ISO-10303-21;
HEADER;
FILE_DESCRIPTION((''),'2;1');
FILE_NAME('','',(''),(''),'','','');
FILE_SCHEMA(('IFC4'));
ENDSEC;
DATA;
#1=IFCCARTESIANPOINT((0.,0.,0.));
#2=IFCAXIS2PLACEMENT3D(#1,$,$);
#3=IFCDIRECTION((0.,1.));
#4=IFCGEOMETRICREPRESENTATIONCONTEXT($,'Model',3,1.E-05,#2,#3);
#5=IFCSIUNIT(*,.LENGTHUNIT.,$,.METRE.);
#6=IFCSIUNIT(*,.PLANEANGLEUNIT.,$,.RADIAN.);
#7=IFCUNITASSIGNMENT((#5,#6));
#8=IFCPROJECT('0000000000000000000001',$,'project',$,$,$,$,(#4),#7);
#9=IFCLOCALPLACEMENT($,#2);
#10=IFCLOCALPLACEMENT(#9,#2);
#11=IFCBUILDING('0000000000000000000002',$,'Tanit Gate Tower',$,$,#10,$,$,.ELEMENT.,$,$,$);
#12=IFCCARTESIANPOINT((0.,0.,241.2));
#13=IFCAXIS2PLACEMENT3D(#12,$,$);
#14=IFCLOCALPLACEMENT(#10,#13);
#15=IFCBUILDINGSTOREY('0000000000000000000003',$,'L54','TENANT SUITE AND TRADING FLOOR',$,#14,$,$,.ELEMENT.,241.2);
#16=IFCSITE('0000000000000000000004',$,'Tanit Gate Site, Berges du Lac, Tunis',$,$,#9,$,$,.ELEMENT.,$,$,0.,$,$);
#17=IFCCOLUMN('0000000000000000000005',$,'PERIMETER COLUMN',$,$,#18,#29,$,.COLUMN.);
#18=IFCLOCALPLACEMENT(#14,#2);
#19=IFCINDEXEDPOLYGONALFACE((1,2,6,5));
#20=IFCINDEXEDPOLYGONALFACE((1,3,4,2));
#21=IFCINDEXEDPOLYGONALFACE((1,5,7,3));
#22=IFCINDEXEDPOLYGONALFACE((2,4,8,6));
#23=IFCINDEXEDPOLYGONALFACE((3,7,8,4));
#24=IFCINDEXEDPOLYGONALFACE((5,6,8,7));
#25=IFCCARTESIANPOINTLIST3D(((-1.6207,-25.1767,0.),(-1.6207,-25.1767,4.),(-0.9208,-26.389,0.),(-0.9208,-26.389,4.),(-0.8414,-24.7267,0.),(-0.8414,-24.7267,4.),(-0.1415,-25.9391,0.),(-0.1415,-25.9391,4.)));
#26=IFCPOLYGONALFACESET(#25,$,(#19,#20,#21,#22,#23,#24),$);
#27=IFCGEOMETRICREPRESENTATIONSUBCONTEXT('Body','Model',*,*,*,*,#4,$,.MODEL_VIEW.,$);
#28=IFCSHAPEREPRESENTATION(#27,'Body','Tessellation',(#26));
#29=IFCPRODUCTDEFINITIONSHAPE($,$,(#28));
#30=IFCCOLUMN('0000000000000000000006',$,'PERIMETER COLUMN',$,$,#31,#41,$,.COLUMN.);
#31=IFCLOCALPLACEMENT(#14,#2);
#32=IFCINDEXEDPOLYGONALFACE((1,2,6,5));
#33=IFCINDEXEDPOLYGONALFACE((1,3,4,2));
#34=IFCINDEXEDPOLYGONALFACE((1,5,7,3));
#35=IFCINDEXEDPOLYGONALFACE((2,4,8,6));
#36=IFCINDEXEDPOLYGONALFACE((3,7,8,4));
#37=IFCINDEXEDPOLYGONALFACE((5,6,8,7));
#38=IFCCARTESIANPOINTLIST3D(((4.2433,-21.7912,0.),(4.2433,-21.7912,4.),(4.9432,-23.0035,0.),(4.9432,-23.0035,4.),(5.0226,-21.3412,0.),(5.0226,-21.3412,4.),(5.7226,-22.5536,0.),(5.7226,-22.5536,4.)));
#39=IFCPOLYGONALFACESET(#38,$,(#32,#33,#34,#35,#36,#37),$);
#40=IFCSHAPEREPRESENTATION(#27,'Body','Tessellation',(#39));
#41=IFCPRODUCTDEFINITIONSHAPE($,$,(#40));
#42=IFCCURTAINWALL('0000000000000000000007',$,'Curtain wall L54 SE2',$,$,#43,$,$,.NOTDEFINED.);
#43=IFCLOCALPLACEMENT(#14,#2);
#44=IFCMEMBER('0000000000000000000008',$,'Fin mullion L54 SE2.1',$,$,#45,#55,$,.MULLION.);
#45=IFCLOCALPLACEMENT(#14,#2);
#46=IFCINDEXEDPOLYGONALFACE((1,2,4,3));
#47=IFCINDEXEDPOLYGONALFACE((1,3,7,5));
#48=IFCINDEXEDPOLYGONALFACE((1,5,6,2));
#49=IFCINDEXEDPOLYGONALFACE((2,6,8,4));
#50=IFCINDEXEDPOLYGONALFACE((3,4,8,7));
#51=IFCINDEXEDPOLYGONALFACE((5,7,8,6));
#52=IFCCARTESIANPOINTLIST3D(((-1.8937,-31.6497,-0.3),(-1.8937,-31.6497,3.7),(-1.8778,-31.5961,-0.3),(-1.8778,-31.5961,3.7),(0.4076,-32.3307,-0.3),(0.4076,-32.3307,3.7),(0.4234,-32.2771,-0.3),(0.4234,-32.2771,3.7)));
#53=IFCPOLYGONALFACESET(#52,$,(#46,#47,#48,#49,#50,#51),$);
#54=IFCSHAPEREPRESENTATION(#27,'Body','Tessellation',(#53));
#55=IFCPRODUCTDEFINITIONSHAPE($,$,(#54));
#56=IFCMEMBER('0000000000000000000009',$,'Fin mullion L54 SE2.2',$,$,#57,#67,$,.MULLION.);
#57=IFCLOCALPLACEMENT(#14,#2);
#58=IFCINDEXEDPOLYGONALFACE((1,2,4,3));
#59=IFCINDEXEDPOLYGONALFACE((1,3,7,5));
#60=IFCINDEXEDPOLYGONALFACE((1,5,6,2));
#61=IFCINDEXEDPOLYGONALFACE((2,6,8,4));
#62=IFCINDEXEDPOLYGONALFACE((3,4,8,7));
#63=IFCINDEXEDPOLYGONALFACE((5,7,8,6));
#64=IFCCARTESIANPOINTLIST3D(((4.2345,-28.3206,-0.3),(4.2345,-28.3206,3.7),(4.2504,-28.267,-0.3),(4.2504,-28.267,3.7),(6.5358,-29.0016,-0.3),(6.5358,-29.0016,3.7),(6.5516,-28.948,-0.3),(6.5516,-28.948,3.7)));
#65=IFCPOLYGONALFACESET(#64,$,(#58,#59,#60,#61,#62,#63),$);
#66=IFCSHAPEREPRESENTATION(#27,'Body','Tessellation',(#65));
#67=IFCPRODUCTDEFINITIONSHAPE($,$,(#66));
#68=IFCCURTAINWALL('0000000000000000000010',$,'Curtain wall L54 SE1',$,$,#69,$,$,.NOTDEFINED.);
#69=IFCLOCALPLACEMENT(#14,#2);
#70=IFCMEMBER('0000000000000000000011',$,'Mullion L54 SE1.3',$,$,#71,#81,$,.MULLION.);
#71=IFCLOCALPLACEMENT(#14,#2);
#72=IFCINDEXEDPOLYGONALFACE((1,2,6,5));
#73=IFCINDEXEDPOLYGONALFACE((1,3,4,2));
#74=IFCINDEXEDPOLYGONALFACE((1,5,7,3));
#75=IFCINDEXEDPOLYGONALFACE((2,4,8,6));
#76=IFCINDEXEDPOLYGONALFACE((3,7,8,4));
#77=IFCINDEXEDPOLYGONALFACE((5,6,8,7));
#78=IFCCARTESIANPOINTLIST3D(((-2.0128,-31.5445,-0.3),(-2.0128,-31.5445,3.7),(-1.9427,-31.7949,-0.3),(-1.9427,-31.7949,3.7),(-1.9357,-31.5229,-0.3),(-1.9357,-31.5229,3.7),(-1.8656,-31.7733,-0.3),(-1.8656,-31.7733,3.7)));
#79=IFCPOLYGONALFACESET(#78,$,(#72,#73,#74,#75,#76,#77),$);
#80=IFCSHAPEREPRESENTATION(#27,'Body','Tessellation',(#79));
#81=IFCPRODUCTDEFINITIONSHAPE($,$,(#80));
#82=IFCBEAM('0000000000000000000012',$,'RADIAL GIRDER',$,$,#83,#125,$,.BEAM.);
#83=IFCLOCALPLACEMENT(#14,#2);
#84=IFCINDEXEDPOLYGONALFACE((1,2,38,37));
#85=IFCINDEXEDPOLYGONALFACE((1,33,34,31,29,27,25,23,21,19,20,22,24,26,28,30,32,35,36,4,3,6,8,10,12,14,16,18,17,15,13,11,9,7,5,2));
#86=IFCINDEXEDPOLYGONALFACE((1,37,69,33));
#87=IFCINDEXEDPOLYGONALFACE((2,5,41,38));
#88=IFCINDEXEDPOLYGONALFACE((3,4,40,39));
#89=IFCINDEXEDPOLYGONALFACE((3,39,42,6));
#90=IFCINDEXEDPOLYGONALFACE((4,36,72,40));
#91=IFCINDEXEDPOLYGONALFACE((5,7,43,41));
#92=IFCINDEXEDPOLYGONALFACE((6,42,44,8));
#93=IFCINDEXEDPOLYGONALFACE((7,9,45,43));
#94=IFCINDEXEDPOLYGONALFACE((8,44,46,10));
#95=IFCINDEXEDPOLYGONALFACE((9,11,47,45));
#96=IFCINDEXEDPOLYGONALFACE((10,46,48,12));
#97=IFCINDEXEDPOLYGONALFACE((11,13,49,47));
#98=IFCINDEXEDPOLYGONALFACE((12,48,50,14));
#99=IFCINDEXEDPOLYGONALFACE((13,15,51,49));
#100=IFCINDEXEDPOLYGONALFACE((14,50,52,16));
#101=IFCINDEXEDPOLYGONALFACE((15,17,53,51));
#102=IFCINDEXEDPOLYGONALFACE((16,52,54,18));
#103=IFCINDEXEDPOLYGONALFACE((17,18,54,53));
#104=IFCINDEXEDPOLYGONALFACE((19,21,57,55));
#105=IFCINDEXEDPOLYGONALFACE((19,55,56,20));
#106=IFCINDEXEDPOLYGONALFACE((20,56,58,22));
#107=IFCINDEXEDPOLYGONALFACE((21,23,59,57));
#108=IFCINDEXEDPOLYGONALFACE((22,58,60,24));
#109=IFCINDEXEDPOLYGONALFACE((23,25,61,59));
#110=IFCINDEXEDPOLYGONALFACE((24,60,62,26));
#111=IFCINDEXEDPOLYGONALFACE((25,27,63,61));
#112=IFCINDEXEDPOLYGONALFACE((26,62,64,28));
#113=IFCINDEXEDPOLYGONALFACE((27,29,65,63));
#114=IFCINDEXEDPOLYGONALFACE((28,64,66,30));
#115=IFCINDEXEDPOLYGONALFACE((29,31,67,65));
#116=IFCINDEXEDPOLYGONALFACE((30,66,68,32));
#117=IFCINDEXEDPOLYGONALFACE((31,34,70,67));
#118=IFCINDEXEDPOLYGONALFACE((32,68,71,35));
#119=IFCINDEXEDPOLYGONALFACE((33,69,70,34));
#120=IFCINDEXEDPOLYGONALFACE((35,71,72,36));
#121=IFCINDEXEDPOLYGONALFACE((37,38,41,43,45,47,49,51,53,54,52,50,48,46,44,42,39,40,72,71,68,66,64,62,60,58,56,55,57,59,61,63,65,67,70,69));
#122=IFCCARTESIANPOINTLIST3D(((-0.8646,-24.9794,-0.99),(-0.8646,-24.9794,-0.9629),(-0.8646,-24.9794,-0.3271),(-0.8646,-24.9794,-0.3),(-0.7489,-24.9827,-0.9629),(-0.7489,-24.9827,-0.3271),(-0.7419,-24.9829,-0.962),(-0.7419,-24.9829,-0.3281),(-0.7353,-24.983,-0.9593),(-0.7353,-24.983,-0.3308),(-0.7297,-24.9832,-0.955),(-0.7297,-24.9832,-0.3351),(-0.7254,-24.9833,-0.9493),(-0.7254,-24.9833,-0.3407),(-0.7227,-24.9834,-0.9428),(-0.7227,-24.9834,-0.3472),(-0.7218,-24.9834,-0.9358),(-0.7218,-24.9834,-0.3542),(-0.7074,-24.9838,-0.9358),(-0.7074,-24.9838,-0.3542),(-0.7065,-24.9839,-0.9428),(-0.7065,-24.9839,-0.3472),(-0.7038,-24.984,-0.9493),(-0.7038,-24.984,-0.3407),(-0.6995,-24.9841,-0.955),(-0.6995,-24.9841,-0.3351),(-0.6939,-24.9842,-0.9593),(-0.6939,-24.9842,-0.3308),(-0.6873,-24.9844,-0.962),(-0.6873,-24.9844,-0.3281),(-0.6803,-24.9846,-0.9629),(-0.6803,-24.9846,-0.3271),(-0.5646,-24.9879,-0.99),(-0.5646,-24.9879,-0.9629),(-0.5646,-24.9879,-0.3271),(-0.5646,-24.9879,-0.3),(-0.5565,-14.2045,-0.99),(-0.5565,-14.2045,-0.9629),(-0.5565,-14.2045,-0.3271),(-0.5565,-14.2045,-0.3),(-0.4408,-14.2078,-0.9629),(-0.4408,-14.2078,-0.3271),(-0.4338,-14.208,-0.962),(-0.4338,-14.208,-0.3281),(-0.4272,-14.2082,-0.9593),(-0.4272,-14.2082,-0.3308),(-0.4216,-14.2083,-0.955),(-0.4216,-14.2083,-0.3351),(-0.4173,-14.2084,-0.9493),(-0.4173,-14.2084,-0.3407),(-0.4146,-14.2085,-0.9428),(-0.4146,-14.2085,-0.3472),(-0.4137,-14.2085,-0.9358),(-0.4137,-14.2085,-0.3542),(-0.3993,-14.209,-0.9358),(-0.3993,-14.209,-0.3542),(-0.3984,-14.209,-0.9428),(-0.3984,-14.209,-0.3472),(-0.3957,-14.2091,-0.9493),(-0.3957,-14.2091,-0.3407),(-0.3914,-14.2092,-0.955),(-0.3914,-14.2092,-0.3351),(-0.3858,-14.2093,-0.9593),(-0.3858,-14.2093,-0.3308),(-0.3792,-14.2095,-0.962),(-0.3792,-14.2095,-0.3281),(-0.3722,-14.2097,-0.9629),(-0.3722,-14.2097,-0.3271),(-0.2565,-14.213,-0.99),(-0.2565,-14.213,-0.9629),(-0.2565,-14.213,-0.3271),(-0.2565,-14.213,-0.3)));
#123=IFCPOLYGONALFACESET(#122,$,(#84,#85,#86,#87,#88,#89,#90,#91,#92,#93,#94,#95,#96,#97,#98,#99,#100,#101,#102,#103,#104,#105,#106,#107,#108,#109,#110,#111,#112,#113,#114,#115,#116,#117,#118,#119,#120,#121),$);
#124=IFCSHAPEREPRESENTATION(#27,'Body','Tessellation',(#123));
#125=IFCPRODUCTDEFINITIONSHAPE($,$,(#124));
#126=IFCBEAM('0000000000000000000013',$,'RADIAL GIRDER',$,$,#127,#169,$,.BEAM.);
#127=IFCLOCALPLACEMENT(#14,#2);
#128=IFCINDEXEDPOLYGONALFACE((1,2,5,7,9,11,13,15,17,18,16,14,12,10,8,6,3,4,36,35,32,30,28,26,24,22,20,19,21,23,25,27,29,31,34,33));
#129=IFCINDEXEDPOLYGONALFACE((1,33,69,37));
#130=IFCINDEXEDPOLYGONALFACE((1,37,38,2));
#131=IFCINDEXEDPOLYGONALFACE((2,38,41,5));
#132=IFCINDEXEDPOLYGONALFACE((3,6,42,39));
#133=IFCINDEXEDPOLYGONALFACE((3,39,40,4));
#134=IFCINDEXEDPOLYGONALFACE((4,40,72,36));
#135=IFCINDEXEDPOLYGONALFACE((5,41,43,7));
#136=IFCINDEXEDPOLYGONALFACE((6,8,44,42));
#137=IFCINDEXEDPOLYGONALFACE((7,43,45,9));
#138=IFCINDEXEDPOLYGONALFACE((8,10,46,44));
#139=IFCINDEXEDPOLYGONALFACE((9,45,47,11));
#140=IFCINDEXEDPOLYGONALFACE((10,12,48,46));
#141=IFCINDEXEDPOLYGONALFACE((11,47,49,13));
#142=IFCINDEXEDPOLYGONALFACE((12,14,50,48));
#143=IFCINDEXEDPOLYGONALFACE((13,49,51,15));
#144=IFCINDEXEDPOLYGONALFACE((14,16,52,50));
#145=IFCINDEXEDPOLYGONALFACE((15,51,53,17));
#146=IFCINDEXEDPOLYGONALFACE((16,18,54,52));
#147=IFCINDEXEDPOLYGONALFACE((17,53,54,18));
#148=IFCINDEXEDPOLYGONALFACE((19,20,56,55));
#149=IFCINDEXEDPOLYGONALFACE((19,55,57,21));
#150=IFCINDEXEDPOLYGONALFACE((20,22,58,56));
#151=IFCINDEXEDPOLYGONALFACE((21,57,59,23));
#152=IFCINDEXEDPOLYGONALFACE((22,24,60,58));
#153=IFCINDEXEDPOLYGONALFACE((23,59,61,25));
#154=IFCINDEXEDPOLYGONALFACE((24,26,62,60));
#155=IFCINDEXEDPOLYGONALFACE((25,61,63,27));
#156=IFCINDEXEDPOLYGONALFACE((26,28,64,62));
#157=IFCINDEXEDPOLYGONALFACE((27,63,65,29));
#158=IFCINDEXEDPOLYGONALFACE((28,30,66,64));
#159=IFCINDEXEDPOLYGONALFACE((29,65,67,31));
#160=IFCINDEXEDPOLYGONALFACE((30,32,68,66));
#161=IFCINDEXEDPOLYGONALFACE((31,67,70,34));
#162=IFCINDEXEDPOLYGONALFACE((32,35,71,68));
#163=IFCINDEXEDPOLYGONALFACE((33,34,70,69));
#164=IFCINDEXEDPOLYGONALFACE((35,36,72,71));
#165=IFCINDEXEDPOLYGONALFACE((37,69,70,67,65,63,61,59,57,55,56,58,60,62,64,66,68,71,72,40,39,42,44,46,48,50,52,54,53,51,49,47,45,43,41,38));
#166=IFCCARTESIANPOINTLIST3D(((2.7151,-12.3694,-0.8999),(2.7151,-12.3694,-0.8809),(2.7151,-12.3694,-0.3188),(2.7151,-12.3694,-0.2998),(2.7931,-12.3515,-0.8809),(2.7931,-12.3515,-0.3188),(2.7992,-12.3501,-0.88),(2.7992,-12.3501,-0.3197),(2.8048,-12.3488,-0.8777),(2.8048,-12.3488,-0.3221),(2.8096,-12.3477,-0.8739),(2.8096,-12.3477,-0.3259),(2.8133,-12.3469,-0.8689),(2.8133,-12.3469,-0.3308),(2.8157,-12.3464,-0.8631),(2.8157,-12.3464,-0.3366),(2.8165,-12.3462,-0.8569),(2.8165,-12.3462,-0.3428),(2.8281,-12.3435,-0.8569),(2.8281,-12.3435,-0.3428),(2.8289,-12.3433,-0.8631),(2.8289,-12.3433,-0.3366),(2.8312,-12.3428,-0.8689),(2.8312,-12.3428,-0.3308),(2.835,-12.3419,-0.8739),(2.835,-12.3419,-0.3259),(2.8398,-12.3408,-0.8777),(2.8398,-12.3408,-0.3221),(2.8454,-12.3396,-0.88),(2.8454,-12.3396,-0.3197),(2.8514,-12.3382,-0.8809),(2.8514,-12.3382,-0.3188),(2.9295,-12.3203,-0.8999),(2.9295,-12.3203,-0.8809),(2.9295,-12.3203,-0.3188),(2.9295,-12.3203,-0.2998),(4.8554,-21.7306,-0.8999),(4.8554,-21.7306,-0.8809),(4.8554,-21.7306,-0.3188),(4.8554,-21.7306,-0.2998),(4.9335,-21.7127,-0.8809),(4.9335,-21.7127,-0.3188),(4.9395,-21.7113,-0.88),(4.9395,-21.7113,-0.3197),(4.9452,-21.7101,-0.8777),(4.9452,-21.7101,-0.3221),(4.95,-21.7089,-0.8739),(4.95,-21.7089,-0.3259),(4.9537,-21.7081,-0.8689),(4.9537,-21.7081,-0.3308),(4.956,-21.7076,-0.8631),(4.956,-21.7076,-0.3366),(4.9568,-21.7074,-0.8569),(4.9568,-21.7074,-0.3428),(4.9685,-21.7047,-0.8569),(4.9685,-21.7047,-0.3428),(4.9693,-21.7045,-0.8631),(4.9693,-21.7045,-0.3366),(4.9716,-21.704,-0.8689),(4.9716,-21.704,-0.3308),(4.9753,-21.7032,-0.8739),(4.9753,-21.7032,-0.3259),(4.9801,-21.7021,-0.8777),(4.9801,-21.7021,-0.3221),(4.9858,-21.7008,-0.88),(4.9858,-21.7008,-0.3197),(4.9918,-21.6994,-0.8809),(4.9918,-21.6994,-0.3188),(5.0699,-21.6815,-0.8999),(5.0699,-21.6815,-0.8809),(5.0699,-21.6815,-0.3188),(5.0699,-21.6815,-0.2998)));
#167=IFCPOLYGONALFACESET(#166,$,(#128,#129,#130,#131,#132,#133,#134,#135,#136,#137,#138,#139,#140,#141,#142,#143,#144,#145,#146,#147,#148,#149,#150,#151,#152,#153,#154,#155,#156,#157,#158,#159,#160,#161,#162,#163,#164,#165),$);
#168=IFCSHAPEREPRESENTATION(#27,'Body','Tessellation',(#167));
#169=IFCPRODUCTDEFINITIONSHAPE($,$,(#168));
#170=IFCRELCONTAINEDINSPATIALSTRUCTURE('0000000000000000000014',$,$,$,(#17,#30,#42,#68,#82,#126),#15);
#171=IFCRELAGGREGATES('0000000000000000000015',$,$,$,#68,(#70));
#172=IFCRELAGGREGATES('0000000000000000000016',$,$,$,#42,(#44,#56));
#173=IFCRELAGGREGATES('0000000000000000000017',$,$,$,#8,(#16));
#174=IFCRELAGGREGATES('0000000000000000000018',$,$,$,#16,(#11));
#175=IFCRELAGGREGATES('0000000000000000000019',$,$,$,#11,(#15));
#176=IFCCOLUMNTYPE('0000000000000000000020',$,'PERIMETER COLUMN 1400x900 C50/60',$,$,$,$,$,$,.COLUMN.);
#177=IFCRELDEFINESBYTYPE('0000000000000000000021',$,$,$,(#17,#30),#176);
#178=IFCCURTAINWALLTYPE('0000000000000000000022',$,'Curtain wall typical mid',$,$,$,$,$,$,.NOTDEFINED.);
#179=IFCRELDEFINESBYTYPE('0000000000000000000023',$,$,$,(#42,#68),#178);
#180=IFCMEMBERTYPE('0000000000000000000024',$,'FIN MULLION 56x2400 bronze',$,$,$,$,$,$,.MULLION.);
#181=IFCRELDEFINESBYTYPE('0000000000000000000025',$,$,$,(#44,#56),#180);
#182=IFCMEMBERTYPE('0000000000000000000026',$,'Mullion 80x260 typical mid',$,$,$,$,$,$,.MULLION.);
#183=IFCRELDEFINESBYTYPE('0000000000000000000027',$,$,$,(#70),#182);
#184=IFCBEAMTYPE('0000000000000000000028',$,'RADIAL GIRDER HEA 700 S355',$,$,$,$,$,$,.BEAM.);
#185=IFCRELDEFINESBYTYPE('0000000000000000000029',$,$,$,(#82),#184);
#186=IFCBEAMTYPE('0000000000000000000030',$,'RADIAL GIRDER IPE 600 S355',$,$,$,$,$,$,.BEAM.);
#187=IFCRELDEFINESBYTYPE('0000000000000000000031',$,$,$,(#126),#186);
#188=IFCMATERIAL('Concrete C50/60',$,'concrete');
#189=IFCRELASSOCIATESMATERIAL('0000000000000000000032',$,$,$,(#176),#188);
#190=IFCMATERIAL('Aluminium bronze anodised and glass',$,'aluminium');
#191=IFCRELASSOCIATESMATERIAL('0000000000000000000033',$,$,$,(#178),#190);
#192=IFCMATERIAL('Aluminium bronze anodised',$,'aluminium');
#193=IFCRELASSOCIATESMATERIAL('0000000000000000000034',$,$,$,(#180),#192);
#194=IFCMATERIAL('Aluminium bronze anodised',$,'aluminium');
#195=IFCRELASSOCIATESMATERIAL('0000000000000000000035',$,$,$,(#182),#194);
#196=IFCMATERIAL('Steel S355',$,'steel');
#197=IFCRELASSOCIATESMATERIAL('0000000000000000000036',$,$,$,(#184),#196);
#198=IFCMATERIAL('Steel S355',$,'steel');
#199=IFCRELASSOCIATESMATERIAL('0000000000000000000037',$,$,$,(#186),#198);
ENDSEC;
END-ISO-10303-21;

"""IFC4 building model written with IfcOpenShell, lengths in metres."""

from ifc_helpers import new_model, si_unit, direction, frame, origin, origin_2d, place, context, subcontext, project, spatial, rectangle, i_section, extrude, material, material_profile, profile_set, type_object, element, aggregate, save


model = new_model("IFC4")

# Units and contexts
model_context = context("Model", 3, precision=1e-05, world=origin(), true_north=direction((0.0, 1.0)))
body_context = subcontext(model_context, "Body", "Model", "MODEL_VIEW")
ifc_project = project(units=[si_unit("LENGTHUNIT", "METRE"), si_unit("PLANEANGLEUNIT", "RADIAN")], contexts=[model_context])

# Site, building, storey
site_placement = place(None, origin())
site = spatial("IfcSite", under=ifc_project, at=site_placement, Name="Tanit Gate Site, Berges du Lac, Tunis", CompositionType="ELEMENT", RefElevation=0.0)
building_placement = place(site_placement, origin())
building = spatial("IfcBuilding", under=site, at=building_placement, Name="Tanit Gate Tower", CompositionType="ELEMENT")
storey_placement = place(building_placement, frame((0.0, 0.0, 241.2)))
storey = spatial("IfcBuildingStorey", under=building, at=storey_placement, Name="L54", Description="TENANT SUITE AND TRADING FLOOR", CompositionType="ELEMENT", Elevation=241.2)

# Columns
ifc_material_1 = material(Name="Concrete C50/60", Category="concrete")
ifc_material_profile_1 = material_profile(ifc_material_1, rectangle(XDim=1.3999, YDim=0.8999, at=origin_2d()), Name="RC 1400x900")
ifc_profile_set_1 = profile_set([ifc_material_profile_1], Name="Concrete C50/60")
column_type = type_object("IfcColumnType", Name="PERIMETER COLUMN 1400x900 C50/60", PredefinedType="COLUMN", material=ifc_profile_set_1)
for number, where, z_axis, x_axis, name in (
    (1, (-0.8811, -25.5579, 0.0), (0.0, 0.0, 1.0), (0.5, -0.866025, 0.0), "PERIMETER COLUMN"),
    (2, (4.9829, -22.1724, 0.0), (0.0, 0.0, 1.0), (0.5, -0.866025, 0.0), "PERIMETER COLUMN"),
):
    element("IfcColumn", number, at=place(storey_placement, frame(where, z_axis=z_axis, x_axis=x_axis)), inside=storey, type_object=column_type, Name=name, PredefinedType="COLUMN", context=body_context, shape_type="SweptSolid", body=[
        extrude(rectangle(XDim=1.3999, YDim=0.8999, at=origin_2d()), origin(), (0.0, 0.0, 1.0), 4.0),
    ])

# Curtain wall, members
ifc_material_2 = material(Name="Aluminium bronze anodised and glass", Category="aluminium")
curtain_wall_type = type_object("IfcCurtainWallType", Name="Curtain wall typical mid", PredefinedType="NOTDEFINED", material=ifc_material_2)
curtain_wall_1_placement = place(storey_placement, origin())
curtain_wall_1 = element("IfcCurtainWall", 3, at=curtain_wall_1_placement, inside=storey, type_object=curtain_wall_type, Name="Curtain wall L54 SE2", PredefinedType="NOTDEFINED")
ifc_material_3 = material(Name="Aluminium bronze anodised", Category="aluminium")
ifc_material_profile_2 = material_profile(ifc_material_3, rectangle(XDim=2.3999, YDim=0.0559, at=origin_2d()), Name="56x2400 bronze fin mullion")
ifc_profile_set_2 = profile_set([ifc_material_profile_2], Name="Aluminium bronze anodised")
member_type_1 = type_object("IfcMemberType", Name="FIN MULLION 56x2400 bronze", PredefinedType="MULLION", material=ifc_profile_set_2)
member_1_placement = place(storey_placement, frame((-0.7351, -31.9634, -0.3), z_axis=(0.0, 0.0, 1.0), x_axis=(-0.958892, 0.283773, 0.0)))
member_1 = element("IfcMember", 4, at=member_1_placement, type_object=member_type_1, Name="Fin mullion L54 SE2.1", PredefinedType="MULLION", context=body_context, shape_type="SweptSolid", body=[
    extrude(rectangle(XDim=2.3999, YDim=0.0559, at=origin_2d()), origin(), (0.0, 0.0, 1.0), 4.0),
])
member_2_placement = place(storey_placement, frame((5.3931, -28.6343, -0.3), z_axis=(0.0, 0.0, 1.0), x_axis=(-0.958892, 0.283773, 0.0)))
member_2 = element("IfcMember", 5, at=member_2_placement, type_object=member_type_1, Name="Fin mullion L54 SE2.2", PredefinedType="MULLION", context=body_context, shape_type="SweptSolid", body=[
    extrude(rectangle(XDim=2.3999, YDim=0.0559, at=origin_2d()), origin(), (0.0, 0.0, 1.0), 4.0),
])

# Curtain wall, member
curtain_wall_2_placement = place(storey_placement, origin())
curtain_wall_2 = element("IfcCurtainWall", 6, at=curtain_wall_2_placement, inside=storey, type_object=curtain_wall_type, Name="Curtain wall L54 SE1", PredefinedType="NOTDEFINED")
ifc_material_4 = material(Name="Aluminium bronze anodised", Category="aluminium")
ifc_material_profile_3 = material_profile(ifc_material_4, rectangle(XDim=0.26, YDim=0.0801, at=origin_2d()), Name="80x260 bronze mullion")
ifc_profile_set_3 = profile_set([ifc_material_profile_3], Name="Aluminium bronze anodised")
member_type_2 = type_object("IfcMemberType", Name="Mullion 80x260 typical mid", PredefinedType="MULLION", material=ifc_profile_set_3)
member_3_placement = place(storey_placement, frame((-1.9392, -31.6589, -0.3), z_axis=(0.0, 0.0, 1.0), x_axis=(-0.269632, 0.962964, 0.0)))
member_3 = element("IfcMember", 7, at=member_3_placement, type_object=member_type_2, Name="Mullion L54 SE1.3", PredefinedType="MULLION", context=body_context, shape_type="SweptSolid", body=[
    extrude(rectangle(XDim=0.26, YDim=0.0801, at=origin_2d()), origin(), (0.0, 0.0, 1.0), 4.0),
])
aggregate(curtain_wall_2, [member_3])

# Beams
ifc_material_5 = material(Name="Steel S355", Category="steel")
ifc_material_profile_4 = material_profile(ifc_material_5, i_section(OverallWidth=0.3, OverallDepth=0.6899, WebThickness=0.0144, FlangeThickness=0.0271, FilletRadius=0.0271, at=origin_2d()), Name="HEA 700")
ifc_profile_set_4 = profile_set([ifc_material_profile_4], Name="Steel S355")
beam_type_1 = type_object("IfcBeamType", Name="RADIAL GIRDER HEA 700 S355", PredefinedType="BEAM", material=ifc_profile_set_4)
beam_1_placement = place(storey_placement, frame((-0.7146, -24.9836, -0.645), z_axis=(0.028583, 0.999591, 0.0), x_axis=(-0.999591, 0.028583, 0.0)))
element("IfcBeam", 8, at=beam_1_placement, inside=storey, type_object=beam_type_1, Name="RADIAL GIRDER", PredefinedType="BEAM", context=body_context, shape_type="SweptSolid", body=[
    extrude(i_section(OverallWidth=0.3, OverallDepth=0.6899, WebThickness=0.0144, FlangeThickness=0.0271, FilletRadius=0.0271, at=origin_2d()), origin(), (0.0, 0.0, 1.0), 10.7793),
])
ifc_material_6 = material(Name="Steel S355", Category="steel")
ifc_material_profile_5 = material_profile(ifc_material_6, i_section(OverallWidth=0.22, OverallDepth=0.6001, WebThickness=0.012, FlangeThickness=0.019, FilletRadius=0.0239, at=origin_2d()), Name="IPE 600")
ifc_profile_set_5 = profile_set([ifc_material_profile_5], Name="Steel S355")
beam_type_2 = type_object("IfcBeamType", Name="RADIAL GIRDER IPE 600 S355", PredefinedType="BEAM", material=ifc_profile_set_5)
beam_2_placement = place(storey_placement, frame((4.9626, -21.7061, -0.5999), z_axis=(-0.222889, 0.974844, 0.0), x_axis=(-0.974844, -0.222889, 0.0)))
element("IfcBeam", 9, at=beam_2_placement, inside=storey, type_object=beam_type_2, Name="RADIAL GIRDER", PredefinedType="BEAM", context=body_context, shape_type="SweptSolid", body=[
    extrude(i_section(OverallWidth=0.22, OverallDepth=0.6001, WebThickness=0.012, FlangeThickness=0.019, FilletRadius=0.0239, at=origin_2d()), origin(), (0.0, 0.0, 1.0), 9.6028),
])

aggregate(curtain_wall_1, [member_1, member_2])

save(model, "model.ifc")
